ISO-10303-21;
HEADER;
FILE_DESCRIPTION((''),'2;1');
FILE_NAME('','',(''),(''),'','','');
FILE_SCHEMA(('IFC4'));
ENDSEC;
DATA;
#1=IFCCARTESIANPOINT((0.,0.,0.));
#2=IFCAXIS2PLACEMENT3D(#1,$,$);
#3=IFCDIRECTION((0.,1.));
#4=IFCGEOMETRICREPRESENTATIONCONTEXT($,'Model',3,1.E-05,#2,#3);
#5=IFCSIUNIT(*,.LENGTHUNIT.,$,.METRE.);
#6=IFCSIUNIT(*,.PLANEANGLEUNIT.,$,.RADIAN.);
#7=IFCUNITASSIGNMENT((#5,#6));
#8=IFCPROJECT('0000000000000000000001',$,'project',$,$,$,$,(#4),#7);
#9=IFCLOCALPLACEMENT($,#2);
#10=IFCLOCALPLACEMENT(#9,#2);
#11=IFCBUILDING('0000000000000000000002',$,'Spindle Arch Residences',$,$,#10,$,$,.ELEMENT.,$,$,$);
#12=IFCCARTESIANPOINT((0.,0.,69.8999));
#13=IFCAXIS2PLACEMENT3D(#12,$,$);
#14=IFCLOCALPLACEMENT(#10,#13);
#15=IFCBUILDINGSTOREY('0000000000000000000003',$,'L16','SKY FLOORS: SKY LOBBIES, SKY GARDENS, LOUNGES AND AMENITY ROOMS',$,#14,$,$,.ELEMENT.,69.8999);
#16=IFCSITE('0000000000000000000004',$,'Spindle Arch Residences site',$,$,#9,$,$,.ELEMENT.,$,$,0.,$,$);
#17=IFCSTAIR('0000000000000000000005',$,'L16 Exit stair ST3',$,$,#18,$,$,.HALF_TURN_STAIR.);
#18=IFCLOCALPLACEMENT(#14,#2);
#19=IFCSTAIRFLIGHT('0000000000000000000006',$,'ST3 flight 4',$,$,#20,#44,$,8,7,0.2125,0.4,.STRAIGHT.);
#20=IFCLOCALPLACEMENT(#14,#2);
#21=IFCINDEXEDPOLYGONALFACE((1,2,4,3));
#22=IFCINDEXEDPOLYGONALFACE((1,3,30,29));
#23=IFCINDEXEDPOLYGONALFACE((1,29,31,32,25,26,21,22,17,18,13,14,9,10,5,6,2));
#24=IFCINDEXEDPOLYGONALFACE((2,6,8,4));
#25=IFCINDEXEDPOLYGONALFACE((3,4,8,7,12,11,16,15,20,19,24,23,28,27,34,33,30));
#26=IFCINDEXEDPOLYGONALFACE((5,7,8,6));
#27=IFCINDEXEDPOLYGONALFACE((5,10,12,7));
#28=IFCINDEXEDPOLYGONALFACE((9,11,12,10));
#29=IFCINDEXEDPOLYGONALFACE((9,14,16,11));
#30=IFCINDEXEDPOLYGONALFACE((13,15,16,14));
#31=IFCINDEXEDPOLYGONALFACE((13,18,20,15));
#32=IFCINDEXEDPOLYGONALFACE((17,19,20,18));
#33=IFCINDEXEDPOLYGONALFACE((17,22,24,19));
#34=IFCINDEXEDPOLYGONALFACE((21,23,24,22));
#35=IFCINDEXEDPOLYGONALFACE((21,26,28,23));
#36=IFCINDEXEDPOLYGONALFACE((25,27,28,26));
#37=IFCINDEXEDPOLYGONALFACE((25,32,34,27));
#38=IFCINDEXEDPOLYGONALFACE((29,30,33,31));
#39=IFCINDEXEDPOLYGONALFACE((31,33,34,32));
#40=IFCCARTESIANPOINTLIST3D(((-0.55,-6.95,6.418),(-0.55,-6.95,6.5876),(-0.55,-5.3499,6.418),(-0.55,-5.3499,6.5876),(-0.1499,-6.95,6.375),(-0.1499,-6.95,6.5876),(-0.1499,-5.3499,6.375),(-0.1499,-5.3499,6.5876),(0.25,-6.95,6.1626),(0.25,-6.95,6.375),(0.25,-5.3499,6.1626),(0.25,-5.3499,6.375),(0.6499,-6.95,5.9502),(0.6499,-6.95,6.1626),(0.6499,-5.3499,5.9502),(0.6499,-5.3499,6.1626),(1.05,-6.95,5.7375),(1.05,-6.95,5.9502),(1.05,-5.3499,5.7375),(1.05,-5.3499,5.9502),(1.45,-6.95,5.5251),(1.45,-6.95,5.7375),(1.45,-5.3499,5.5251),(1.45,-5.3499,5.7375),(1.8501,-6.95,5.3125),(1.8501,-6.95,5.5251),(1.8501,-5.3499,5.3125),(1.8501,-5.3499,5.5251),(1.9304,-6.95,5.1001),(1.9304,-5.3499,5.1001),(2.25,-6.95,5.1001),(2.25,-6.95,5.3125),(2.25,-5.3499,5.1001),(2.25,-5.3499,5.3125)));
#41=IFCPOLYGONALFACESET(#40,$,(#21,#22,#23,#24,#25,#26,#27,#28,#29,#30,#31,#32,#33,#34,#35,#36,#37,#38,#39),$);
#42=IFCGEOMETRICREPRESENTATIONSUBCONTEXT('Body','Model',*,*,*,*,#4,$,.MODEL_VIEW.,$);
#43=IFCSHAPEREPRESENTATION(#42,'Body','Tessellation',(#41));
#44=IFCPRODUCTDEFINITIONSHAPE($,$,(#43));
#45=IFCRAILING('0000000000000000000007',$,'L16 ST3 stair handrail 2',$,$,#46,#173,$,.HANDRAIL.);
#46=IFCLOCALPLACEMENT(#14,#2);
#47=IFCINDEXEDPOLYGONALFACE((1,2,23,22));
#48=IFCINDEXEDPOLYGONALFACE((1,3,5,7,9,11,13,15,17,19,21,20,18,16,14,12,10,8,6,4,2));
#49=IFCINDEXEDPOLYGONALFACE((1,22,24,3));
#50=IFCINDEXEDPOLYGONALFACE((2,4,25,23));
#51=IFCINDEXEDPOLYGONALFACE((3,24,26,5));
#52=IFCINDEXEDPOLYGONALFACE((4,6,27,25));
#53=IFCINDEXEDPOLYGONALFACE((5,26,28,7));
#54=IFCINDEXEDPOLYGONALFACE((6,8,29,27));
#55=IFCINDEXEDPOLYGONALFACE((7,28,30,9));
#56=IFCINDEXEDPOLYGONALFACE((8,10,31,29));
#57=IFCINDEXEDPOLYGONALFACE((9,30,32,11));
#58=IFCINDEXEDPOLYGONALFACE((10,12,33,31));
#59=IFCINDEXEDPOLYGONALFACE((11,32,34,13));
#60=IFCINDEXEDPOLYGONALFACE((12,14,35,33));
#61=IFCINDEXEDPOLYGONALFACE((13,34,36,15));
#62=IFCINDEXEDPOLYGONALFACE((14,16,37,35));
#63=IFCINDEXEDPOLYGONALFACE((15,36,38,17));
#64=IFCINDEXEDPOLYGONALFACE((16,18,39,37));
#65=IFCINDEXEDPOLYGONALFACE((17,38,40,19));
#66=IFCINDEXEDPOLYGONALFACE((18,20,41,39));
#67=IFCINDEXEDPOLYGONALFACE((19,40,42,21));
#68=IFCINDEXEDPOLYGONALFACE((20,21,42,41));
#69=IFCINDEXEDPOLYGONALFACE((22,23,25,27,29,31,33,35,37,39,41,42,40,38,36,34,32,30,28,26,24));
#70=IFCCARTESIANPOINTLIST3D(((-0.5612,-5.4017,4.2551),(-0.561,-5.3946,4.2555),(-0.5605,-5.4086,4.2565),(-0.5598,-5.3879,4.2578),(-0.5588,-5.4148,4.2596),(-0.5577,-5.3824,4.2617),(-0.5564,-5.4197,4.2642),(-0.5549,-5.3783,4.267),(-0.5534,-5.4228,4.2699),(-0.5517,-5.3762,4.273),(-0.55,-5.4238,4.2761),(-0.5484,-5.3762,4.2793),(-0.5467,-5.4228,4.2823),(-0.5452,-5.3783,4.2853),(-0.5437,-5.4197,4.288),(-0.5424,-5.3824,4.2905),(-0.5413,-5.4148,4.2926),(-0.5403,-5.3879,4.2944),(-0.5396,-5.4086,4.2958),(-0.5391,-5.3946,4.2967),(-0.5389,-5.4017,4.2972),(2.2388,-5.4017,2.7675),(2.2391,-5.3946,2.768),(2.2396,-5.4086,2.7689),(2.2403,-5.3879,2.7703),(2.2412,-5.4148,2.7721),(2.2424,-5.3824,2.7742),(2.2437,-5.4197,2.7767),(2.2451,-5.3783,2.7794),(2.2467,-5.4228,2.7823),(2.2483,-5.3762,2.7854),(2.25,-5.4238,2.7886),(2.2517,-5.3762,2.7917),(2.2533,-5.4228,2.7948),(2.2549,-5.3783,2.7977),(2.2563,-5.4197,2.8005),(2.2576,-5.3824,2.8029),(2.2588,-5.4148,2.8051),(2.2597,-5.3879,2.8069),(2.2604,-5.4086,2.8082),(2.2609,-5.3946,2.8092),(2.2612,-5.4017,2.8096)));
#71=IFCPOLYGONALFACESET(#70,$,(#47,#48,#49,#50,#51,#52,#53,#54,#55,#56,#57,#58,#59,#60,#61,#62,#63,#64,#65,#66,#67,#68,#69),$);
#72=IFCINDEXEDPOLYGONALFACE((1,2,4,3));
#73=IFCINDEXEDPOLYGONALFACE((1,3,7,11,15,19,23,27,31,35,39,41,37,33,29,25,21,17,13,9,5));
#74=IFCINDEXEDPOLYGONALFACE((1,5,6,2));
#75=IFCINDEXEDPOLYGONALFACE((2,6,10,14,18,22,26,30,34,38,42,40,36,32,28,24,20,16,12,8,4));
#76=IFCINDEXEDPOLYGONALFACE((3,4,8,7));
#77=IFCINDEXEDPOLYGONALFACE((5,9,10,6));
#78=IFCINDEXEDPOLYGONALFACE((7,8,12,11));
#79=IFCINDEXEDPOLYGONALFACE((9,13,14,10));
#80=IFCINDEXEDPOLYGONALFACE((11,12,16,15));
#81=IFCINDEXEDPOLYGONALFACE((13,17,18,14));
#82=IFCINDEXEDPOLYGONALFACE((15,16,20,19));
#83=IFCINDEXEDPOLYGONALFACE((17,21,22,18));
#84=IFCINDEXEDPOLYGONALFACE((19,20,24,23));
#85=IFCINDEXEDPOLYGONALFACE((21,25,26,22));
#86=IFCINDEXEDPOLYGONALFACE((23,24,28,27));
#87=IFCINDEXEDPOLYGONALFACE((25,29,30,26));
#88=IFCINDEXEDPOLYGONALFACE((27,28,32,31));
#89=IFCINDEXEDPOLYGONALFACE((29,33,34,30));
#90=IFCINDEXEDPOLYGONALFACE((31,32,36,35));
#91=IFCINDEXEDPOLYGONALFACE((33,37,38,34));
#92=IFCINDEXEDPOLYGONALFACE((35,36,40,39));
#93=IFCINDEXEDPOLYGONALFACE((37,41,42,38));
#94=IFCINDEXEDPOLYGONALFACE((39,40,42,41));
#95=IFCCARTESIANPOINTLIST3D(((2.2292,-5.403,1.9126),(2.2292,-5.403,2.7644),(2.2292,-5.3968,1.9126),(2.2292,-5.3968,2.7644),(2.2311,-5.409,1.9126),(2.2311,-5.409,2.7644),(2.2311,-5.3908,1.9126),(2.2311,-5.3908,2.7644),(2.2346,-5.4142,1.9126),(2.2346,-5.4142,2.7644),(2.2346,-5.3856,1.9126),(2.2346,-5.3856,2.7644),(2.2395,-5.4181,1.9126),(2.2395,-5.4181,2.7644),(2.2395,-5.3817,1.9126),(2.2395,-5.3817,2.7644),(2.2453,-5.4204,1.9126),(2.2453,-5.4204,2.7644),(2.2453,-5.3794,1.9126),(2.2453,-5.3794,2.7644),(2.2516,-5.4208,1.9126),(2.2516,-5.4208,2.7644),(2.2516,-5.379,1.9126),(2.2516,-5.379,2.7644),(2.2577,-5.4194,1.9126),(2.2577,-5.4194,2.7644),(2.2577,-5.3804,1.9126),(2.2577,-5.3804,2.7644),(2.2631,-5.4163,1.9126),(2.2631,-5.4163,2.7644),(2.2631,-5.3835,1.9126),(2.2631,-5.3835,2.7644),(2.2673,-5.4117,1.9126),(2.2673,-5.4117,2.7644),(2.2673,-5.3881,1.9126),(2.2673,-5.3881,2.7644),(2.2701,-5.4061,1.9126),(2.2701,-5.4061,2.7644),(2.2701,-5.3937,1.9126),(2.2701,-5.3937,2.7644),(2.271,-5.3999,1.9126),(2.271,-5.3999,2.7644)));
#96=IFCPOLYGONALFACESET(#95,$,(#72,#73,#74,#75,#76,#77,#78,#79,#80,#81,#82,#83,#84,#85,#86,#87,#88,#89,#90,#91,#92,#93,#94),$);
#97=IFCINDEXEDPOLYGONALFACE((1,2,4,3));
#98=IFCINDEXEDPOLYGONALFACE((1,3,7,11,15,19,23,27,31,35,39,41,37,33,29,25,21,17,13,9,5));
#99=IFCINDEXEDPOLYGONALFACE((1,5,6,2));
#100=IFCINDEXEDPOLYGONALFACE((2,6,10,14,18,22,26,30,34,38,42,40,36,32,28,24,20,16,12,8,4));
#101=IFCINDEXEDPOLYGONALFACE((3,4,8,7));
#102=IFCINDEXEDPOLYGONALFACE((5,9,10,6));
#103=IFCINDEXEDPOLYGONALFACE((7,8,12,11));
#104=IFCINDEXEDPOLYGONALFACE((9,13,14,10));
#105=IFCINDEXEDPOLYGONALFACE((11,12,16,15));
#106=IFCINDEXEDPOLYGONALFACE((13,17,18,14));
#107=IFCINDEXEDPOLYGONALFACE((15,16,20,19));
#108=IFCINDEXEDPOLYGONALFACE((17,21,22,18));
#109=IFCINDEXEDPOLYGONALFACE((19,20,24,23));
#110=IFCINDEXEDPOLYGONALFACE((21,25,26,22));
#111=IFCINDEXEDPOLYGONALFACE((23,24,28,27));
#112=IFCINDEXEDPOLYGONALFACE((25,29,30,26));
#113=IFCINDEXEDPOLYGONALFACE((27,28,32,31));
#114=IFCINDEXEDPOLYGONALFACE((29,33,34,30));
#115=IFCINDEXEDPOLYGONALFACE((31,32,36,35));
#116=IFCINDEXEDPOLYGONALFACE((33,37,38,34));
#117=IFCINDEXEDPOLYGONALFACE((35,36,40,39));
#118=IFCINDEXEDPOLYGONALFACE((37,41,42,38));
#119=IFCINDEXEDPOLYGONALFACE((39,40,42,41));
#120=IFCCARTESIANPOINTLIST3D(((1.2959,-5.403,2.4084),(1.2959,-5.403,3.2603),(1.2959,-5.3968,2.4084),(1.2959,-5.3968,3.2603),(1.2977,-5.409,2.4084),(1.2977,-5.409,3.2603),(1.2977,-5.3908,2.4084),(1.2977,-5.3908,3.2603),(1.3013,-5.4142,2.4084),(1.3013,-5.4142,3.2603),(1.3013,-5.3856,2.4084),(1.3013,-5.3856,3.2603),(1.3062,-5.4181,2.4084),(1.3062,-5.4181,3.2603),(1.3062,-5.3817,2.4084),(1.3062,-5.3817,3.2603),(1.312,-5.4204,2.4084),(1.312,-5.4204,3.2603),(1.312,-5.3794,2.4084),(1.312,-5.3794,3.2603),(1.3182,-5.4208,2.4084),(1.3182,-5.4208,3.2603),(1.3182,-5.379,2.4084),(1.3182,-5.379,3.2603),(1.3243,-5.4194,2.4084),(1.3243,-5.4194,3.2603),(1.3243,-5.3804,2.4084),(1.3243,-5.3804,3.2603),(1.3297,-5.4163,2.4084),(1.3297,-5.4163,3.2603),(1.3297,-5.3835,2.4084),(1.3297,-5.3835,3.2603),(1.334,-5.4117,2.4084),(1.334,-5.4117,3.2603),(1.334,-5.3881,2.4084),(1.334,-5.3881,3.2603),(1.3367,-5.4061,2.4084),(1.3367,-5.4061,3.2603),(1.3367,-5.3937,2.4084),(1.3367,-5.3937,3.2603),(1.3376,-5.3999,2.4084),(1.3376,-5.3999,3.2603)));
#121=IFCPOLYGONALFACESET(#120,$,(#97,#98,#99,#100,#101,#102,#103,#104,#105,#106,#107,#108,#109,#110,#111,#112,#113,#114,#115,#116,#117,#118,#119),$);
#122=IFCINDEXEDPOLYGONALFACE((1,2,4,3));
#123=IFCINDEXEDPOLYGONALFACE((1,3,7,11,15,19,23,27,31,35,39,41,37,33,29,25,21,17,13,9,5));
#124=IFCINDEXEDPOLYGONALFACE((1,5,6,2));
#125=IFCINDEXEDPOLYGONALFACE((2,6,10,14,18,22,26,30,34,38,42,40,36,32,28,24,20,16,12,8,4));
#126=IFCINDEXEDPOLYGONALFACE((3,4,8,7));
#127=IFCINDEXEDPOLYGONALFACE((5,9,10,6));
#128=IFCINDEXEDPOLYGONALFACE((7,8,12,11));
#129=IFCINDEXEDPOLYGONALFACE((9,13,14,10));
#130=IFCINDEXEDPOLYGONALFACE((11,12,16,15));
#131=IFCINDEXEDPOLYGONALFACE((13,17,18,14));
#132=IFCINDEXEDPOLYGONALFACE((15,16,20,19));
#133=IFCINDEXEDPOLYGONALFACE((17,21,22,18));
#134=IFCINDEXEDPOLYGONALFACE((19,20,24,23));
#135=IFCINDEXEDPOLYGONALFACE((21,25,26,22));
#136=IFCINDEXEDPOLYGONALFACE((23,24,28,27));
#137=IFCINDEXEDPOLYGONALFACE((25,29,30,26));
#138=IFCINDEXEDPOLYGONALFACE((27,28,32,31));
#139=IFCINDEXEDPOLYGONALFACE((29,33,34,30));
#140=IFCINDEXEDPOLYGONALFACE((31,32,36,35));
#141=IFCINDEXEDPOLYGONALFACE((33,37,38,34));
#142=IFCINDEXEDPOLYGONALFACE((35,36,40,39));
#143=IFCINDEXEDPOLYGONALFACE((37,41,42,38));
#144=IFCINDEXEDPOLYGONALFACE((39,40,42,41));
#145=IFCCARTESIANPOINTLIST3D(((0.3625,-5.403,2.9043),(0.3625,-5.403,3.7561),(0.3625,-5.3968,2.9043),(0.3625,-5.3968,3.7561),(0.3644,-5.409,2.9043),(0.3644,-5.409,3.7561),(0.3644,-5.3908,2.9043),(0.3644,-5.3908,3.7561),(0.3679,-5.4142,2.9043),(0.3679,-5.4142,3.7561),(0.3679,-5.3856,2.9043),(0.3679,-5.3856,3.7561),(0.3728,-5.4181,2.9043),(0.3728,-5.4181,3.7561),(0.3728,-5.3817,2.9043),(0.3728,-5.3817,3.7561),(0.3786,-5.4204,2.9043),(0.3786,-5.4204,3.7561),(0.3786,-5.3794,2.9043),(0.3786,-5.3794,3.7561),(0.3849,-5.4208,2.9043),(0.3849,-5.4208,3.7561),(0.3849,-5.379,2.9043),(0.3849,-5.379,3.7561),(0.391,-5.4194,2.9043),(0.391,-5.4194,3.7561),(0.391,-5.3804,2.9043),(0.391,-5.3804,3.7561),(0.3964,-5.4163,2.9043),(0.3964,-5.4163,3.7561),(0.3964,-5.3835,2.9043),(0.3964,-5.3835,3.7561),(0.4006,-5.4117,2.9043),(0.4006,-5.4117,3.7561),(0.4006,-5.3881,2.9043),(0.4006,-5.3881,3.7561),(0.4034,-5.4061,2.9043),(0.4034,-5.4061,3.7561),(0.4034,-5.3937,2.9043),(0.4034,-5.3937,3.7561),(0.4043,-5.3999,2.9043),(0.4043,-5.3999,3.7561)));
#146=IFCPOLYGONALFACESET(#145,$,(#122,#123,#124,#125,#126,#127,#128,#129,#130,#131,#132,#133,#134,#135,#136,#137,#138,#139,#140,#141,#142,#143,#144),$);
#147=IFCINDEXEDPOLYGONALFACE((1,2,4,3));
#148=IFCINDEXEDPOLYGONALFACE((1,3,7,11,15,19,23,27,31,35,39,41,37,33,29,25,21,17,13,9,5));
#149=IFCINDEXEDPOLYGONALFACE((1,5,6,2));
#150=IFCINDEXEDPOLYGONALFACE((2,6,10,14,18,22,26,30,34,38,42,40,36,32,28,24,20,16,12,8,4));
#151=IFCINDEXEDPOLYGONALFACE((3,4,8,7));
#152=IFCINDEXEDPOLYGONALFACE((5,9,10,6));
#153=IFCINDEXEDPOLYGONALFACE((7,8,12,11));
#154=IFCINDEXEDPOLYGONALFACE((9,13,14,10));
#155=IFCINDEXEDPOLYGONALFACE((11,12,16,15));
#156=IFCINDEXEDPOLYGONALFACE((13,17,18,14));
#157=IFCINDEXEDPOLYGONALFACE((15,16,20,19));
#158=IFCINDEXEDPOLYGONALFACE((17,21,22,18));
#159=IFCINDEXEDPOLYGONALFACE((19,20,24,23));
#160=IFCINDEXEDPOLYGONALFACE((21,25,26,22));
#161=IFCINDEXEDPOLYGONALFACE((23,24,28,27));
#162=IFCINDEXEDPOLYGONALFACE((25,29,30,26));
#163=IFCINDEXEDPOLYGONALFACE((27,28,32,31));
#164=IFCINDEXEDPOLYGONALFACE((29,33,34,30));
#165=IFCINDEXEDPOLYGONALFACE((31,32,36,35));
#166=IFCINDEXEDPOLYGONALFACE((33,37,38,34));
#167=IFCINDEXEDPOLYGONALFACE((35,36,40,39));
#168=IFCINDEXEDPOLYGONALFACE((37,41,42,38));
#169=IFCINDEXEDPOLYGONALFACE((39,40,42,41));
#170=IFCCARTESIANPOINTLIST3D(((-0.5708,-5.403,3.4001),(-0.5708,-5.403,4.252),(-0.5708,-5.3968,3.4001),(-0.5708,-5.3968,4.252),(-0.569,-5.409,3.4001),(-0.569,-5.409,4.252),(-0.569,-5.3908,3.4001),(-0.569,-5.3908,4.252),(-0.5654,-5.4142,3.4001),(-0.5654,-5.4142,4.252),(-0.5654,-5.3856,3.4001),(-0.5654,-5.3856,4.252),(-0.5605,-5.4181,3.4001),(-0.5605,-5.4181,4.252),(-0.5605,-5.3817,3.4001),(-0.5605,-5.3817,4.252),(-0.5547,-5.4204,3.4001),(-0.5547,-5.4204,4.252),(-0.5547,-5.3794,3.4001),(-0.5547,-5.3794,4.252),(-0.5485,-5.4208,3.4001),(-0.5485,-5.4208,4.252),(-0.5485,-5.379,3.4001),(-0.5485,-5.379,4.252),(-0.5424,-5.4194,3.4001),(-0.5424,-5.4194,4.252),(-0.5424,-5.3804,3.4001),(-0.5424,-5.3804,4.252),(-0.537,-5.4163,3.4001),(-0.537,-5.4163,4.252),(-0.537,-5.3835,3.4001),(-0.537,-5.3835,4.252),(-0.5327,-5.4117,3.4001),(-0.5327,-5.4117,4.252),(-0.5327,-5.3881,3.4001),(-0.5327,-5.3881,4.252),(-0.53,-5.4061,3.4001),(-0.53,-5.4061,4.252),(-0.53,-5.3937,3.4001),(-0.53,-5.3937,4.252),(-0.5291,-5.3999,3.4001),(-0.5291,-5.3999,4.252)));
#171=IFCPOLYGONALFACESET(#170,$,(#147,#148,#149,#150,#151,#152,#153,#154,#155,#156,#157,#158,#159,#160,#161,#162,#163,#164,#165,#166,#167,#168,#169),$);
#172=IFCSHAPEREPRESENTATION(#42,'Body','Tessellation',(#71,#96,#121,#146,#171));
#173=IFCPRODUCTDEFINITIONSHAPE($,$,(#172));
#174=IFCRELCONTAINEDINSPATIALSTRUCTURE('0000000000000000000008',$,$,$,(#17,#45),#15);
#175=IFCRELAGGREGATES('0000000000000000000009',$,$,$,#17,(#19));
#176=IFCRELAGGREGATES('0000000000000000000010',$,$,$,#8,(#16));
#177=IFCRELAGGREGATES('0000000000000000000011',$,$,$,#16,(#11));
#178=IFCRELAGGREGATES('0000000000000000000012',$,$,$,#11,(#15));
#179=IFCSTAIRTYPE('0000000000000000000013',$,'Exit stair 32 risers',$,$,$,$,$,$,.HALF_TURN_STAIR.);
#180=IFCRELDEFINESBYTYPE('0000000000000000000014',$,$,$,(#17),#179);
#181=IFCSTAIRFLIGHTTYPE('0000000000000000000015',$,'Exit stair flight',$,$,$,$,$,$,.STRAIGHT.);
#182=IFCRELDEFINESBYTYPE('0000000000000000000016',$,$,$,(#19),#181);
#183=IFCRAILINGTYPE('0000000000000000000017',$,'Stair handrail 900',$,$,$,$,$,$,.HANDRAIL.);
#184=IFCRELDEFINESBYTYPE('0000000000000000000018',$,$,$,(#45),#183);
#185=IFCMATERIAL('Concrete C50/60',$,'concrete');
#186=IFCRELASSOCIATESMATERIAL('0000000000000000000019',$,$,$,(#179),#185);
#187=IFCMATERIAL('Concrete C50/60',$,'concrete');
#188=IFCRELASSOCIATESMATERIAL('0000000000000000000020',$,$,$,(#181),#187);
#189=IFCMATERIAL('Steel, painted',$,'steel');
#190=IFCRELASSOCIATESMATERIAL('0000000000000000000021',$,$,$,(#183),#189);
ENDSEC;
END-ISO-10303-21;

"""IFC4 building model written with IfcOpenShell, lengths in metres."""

from ifc_helpers import new_model, si_unit, direction, frame, origin, origin_2d, place, context, subcontext, project, spatial, polyline, circle, outline, extrude, material, type_object, element, aggregate, save


model = new_model("IFC4")

# Units and contexts
model_context = context("Model", 3, precision=1e-05, world=origin(), true_north=direction((0.0, 1.0)))
body_context = subcontext(model_context, "Body", "Model", "MODEL_VIEW")
ifc_project = project(units=[si_unit("LENGTHUNIT", "METRE"), si_unit("PLANEANGLEUNIT", "RADIAN")], contexts=[model_context])

# Site, building, storey
site_placement = place(None, origin())
site = spatial("IfcSite", under=ifc_project, at=site_placement, Name="Spindle Arch Residences site", CompositionType="ELEMENT", RefElevation=0.0)
building_placement = place(site_placement, origin())
building = spatial("IfcBuilding", under=site, at=building_placement, Name="Spindle Arch Residences", CompositionType="ELEMENT")
storey_placement = place(building_placement, frame((0.0, 0.0, 69.8999)))
storey = spatial("IfcBuildingStorey", under=building, at=storey_placement, Name="L16", Description="SKY FLOORS: SKY LOBBIES, SKY GARDENS, LOUNGES AND AMENITY ROOMS", CompositionType="ELEMENT", Elevation=69.8999)

# Stair, stair flight
ifc_material_1 = material(Name="Concrete C50/60", Category="concrete")
stair_type = type_object("IfcStairType", Name="Exit stair 32 risers", PredefinedType="HALF_TURN_STAIR", material=ifc_material_1)
stair_placement = place(storey_placement, origin())
stair = element("IfcStair", 1, at=stair_placement, inside=storey, type_object=stair_type, Name="L16 Exit stair ST3", PredefinedType="HALF_TURN_STAIR")
ifc_material_2 = material(Name="Concrete C50/60", Category="concrete")
stair_flight_type = type_object("IfcStairFlightType", Name="Exit stair flight", PredefinedType="STRAIGHT", material=ifc_material_2)
stair_flight_1_placement = place(storey_placement, frame((2.25, -6.1499, 5.1001), z_axis=(0.0, 0.0, 1.0), x_axis=(-1.0, 0.0, 0.0)))
stair_flight_1 = element("IfcStairFlight", 2, at=stair_flight_1_placement, type_object=stair_flight_type, Name="ST3 flight 4", NumberOfRisers=8, NumberOfTreads=7, PredefinedType="STRAIGHT", RiserHeight=0.2125, TreadLength=0.4, context=body_context, shape_type="SweptSolid", body=[
    extrude(outline(polyline([(0.0, 0.0), (0.0, 0.2124), (0.3999, 0.2124), (0.3999, 0.425), (0.8, 0.425), (0.8, 0.6375), (1.2, 0.6375), (1.2, 0.8501), (1.6001, 0.8501), (1.6001, 1.0625), (2.0, 1.0625), (2.0, 1.2749), (2.3999, 1.2749), (2.3999, 1.4875), (2.8, 1.4875), (2.8, 1.7), (2.8, 1.3179), (0.3196, 0.0), (0.0, 0.0)])), frame((0.0, 0.8, 0.0), z_axis=(0.0, -1.0, 0.0), x_axis=(1.0, 0.0, 0.0)), (0.0, 0.0, 1.0), 1.6001),
])
aggregate(stair, [stair_flight_1])

# Railing
ifc_material_3 = material(Name="Steel, painted", Category="steel")
railing_type_1 = type_object("IfcRailingType", Name="Stair handrail 900", PredefinedType="HANDRAIL", material=ifc_material_3)
for number, where, name in (
    (3, (2.25, -5.3999, 1.9126), "L16 ST3 stair handrail 2"),
):
    element("IfcRailing", number, at=place(storey_placement, frame(where)), inside=storey, type_object=railing_type_1, Name=name, PredefinedType="HANDRAIL", context=body_context, shape_type="SweptSolid", body=[
        extrude(circle(Radius=0.0239, at=origin_2d()), frame((0.0, 0.0, 0.876), z_axis=(-0.883113, 0.0, 0.469161), x_axis=(0.0, -1.0, 0.0)), (0.0, 0.0, 1.0), 3.1707),
        extrude(circle(Radius=0.021, at=origin_2d()), origin(), (0.0, 0.0, 1.0), 0.8518),
        extrude(circle(Radius=0.021, at=origin_2d()), frame((-0.9333, 0.0, 0.4958)), (0.0, 0.0, 1.0), 0.8518),
        extrude(circle(Radius=0.021, at=origin_2d()), frame((-1.8667, 0.0, 0.9917)), (0.0, 0.0, 1.0), 0.8518),
        extrude(circle(Radius=0.021, at=origin_2d()), frame((-2.8, 0.0, 1.4875)), (0.0, 0.0, 1.0), 0.8518),
    ])

save(model, "model.ifc")
